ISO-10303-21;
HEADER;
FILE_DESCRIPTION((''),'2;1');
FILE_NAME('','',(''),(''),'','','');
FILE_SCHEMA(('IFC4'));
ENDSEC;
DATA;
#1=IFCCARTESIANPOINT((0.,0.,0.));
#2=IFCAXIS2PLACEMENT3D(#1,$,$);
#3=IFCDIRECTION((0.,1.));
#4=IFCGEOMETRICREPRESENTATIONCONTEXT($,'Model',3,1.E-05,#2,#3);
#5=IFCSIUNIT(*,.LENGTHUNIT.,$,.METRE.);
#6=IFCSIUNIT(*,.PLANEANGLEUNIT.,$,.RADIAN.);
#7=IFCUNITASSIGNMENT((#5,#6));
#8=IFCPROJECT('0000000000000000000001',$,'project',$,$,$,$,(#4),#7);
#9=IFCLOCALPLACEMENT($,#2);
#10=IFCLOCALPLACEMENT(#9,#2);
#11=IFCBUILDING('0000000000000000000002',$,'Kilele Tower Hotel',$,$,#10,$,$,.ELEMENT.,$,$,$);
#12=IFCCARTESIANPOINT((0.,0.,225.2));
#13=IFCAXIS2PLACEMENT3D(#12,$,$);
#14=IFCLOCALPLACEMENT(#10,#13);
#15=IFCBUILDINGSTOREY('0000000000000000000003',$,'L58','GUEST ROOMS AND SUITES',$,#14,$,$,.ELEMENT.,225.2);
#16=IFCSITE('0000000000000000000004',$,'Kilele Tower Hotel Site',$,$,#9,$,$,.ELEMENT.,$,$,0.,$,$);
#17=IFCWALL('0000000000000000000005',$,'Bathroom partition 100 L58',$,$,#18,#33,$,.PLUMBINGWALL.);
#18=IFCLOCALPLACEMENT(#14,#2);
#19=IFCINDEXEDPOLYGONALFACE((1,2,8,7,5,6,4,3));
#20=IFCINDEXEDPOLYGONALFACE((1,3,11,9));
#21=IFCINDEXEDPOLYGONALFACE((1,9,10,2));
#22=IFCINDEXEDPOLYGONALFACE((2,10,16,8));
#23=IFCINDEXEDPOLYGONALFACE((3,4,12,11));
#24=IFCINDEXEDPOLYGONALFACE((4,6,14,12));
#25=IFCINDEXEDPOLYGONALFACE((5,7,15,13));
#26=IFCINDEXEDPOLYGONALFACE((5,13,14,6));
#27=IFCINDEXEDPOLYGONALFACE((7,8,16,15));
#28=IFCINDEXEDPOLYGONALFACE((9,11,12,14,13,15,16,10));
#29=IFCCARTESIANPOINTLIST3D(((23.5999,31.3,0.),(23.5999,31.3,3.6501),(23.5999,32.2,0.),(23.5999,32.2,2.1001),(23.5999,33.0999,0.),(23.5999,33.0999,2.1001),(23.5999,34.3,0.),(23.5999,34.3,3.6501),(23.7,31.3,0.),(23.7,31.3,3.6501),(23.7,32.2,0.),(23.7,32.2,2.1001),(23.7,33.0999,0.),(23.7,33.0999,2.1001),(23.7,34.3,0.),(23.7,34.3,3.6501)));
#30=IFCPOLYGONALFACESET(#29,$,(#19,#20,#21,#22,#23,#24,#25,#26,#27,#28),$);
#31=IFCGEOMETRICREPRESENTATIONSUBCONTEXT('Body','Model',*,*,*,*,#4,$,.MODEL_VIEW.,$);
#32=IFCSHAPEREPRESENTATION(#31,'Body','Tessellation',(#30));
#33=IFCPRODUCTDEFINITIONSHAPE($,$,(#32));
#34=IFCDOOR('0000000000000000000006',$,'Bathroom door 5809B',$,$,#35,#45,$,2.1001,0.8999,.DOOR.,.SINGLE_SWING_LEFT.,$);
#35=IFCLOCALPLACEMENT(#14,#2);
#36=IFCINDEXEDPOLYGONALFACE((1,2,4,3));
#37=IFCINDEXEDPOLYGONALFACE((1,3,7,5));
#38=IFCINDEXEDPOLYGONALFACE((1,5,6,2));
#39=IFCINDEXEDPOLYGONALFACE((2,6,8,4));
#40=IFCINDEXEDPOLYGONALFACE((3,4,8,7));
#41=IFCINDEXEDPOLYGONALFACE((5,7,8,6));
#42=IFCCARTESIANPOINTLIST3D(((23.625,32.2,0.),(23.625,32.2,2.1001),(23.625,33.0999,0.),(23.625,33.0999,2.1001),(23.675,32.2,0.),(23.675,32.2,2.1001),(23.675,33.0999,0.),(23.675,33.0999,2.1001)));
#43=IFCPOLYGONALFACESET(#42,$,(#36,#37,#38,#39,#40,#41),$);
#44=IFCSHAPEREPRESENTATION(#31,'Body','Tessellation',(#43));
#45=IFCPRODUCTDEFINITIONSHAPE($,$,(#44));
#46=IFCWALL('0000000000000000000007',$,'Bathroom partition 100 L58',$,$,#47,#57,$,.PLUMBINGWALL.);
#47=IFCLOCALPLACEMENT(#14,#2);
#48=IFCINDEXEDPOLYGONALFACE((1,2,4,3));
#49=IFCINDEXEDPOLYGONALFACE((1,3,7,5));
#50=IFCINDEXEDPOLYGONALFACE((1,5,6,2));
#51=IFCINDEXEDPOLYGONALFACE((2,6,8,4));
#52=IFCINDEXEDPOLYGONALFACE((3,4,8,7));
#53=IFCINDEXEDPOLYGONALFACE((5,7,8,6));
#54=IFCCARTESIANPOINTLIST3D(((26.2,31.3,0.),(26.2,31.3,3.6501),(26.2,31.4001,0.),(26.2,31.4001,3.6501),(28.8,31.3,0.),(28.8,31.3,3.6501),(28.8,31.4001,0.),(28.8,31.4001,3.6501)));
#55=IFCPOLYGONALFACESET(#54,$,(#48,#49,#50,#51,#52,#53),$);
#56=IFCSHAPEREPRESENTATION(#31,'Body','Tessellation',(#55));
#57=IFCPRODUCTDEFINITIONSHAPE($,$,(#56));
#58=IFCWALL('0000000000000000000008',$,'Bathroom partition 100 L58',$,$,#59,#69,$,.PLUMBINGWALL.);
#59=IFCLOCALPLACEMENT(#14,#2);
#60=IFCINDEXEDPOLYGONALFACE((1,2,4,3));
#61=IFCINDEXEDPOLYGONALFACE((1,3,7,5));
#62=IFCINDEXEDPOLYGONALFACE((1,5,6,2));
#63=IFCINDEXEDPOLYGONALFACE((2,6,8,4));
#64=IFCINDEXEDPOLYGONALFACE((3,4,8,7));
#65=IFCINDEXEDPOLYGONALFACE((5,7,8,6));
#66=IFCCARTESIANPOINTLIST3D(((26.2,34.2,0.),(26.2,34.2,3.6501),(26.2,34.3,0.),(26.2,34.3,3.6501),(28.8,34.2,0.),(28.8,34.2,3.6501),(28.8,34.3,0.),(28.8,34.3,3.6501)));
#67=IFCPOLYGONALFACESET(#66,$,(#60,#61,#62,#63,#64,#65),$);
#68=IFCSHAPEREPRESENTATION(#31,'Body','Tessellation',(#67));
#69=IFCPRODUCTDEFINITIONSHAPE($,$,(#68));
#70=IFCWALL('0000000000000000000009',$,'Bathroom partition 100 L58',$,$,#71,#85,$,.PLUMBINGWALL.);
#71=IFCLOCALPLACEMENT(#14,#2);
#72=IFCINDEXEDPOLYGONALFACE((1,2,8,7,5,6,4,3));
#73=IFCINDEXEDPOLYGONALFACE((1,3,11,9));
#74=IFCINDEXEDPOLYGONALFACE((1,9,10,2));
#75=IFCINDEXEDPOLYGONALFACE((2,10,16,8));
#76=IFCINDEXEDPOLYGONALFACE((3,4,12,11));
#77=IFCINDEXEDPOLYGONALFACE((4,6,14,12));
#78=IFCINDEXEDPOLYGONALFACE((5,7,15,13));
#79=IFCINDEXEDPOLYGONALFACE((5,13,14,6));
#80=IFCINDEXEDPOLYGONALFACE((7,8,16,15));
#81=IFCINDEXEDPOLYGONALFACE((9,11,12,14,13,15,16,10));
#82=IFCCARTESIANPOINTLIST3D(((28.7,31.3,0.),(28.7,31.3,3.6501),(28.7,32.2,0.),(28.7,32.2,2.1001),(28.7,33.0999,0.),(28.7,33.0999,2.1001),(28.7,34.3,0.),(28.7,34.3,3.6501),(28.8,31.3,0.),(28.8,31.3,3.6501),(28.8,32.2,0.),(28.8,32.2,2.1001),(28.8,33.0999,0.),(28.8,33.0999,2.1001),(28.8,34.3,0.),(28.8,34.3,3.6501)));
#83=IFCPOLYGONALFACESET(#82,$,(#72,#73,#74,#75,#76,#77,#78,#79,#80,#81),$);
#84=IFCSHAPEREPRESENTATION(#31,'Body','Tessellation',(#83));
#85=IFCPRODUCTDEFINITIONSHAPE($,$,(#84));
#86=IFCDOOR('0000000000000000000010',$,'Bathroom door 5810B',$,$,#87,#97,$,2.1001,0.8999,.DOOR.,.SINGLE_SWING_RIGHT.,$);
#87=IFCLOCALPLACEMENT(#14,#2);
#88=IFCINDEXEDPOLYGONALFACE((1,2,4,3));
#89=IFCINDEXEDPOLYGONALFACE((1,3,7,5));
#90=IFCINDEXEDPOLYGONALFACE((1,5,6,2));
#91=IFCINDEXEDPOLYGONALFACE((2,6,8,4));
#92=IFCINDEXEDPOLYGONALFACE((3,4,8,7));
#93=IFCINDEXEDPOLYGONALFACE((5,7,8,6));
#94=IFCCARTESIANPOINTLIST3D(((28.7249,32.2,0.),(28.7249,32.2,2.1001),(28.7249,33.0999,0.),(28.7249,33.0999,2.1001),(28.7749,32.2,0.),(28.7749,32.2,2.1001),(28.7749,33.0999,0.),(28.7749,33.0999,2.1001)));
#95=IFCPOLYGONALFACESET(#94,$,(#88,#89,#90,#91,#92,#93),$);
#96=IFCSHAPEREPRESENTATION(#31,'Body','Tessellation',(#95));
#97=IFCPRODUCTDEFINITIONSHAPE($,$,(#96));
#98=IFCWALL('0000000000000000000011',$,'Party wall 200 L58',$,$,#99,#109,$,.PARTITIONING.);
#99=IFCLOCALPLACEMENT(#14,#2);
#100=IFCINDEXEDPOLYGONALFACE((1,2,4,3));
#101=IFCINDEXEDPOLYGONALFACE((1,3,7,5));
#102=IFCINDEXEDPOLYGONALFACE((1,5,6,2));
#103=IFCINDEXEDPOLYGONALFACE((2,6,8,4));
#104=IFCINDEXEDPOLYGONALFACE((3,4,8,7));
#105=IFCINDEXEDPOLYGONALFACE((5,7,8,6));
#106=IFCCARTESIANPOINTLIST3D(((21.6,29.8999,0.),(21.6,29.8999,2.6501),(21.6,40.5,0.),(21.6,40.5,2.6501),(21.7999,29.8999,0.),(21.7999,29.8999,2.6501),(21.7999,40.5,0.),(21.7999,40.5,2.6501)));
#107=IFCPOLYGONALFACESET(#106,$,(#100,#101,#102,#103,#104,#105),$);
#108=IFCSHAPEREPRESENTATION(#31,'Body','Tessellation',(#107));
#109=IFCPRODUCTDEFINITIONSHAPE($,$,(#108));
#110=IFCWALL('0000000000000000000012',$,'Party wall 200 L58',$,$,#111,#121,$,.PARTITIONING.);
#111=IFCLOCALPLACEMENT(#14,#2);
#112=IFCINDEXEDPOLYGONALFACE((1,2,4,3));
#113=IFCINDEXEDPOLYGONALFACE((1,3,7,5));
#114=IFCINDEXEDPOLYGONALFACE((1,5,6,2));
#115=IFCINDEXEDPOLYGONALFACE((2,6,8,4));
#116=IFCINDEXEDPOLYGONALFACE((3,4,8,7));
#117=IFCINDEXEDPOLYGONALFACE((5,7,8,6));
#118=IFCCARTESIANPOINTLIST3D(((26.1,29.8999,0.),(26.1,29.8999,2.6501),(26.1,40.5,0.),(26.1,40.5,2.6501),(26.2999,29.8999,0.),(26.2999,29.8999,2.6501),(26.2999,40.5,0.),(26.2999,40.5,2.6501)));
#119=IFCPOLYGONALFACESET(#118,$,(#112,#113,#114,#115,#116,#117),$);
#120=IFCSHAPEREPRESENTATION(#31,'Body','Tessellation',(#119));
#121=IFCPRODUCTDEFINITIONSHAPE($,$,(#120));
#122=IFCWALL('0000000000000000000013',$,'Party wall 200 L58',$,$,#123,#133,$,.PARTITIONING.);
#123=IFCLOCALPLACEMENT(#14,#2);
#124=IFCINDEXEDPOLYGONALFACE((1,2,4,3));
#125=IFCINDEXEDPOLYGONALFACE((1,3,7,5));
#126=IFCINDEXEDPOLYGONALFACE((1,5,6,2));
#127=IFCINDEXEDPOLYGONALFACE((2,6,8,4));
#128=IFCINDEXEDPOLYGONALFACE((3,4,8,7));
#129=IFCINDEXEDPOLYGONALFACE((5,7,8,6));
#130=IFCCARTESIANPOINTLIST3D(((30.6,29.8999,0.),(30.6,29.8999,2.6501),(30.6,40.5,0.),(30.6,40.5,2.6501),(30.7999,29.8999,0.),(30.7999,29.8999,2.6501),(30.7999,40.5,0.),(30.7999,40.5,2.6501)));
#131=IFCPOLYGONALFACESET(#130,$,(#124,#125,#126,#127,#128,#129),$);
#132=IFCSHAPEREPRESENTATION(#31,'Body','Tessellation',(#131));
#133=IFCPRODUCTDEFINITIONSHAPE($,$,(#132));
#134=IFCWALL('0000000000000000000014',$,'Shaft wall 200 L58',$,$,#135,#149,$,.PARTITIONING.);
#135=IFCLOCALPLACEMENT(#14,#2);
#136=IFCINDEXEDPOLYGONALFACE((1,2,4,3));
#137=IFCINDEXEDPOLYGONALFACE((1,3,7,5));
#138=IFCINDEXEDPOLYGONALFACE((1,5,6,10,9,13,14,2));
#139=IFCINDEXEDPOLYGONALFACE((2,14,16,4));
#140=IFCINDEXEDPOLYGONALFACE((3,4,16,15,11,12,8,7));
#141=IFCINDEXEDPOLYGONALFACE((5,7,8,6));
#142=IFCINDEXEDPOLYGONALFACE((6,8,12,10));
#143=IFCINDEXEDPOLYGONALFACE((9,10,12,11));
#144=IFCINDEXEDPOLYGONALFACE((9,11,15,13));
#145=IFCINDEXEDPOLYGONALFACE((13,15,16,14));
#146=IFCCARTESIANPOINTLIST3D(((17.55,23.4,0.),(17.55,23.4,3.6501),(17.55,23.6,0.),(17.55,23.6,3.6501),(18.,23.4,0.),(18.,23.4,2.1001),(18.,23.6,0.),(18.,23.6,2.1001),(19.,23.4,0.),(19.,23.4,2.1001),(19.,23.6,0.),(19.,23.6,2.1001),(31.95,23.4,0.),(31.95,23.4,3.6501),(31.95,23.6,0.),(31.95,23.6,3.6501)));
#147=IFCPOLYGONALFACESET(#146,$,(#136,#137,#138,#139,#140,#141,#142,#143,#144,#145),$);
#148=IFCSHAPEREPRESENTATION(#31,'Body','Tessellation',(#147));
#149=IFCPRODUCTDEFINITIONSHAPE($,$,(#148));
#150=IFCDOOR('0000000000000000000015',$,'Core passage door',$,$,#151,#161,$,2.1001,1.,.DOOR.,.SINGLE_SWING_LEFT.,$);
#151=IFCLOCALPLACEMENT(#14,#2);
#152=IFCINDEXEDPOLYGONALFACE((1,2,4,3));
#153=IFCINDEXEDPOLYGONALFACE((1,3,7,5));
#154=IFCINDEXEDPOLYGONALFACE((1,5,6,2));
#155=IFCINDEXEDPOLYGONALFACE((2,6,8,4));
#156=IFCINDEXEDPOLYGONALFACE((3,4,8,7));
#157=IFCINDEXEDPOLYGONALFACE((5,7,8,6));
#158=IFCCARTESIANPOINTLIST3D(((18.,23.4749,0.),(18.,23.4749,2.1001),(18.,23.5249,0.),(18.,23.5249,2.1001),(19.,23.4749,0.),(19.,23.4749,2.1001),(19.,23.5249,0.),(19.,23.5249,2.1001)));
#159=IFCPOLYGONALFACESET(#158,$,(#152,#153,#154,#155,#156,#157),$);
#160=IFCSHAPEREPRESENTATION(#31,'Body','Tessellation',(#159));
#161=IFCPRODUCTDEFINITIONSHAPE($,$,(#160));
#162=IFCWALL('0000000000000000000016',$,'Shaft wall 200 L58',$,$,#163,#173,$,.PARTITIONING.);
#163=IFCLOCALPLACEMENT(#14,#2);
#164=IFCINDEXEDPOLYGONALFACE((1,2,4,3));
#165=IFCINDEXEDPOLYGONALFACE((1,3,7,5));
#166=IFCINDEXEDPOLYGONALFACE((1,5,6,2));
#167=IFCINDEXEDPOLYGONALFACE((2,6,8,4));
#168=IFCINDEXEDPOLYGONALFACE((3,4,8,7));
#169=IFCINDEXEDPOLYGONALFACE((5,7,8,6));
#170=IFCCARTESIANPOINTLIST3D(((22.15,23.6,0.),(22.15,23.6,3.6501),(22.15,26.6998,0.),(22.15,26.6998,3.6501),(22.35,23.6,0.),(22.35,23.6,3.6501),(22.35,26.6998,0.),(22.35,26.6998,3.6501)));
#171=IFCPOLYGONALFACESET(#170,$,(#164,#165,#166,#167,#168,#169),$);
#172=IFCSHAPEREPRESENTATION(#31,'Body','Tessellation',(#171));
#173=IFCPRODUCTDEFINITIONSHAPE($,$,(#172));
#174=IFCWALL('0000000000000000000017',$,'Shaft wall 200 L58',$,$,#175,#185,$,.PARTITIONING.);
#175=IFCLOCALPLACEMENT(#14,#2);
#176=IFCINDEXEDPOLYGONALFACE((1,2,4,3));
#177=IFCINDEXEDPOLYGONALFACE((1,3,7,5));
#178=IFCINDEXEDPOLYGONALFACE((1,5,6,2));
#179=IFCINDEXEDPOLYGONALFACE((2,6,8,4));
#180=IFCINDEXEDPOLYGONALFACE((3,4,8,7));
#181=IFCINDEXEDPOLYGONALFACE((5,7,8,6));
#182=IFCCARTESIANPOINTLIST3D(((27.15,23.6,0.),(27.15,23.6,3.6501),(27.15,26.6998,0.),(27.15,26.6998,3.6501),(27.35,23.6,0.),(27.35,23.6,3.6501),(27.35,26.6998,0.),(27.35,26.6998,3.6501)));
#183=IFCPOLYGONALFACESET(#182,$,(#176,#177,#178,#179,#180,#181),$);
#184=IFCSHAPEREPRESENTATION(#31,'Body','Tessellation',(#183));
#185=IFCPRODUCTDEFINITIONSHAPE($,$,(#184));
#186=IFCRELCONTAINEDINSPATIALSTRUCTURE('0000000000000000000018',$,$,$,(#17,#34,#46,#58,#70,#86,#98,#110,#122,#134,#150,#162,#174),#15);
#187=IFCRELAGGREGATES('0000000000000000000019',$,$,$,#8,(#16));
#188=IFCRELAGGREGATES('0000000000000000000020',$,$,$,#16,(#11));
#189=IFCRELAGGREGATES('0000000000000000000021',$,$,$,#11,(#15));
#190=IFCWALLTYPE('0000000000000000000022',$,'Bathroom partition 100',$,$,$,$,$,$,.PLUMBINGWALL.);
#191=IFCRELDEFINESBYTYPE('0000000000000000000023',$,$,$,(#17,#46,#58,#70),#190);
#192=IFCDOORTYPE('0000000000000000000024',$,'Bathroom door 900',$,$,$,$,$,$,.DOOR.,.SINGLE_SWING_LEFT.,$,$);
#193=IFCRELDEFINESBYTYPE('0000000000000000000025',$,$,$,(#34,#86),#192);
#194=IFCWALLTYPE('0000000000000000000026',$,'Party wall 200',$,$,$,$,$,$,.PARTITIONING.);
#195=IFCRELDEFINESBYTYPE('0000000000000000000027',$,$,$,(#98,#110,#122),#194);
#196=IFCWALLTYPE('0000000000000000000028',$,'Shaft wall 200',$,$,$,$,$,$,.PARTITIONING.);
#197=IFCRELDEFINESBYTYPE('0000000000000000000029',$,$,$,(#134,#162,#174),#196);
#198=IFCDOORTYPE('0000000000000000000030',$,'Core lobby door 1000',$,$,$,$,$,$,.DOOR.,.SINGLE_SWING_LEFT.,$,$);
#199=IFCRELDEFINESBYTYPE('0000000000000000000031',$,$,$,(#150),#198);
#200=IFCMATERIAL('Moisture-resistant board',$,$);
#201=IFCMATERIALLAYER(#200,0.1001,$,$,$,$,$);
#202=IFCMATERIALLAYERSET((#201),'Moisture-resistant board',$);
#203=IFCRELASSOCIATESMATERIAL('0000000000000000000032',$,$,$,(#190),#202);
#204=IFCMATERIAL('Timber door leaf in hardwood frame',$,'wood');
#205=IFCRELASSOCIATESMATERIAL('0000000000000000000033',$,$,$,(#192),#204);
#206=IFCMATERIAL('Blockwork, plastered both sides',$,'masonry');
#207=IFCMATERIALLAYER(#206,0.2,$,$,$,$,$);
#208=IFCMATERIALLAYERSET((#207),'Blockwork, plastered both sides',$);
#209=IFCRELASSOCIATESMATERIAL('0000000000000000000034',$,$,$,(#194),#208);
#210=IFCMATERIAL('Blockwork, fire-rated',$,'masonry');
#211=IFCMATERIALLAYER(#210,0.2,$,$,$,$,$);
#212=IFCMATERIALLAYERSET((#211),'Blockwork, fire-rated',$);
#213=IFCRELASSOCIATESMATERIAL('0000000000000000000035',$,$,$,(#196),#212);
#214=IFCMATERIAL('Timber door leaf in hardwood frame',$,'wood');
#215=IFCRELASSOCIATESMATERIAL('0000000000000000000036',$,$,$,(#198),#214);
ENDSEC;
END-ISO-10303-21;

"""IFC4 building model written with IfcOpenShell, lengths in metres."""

from ifc_helpers import new_model, si_unit, direction, frame, frame_2d, origin, place, context, subcontext, project, spatial, rectangle, extrude, material, layer, layer_set, type_object, element, fill, save


model = new_model("IFC4")

# Units and contexts
model_context = context("Model", 3, precision=1e-05, world=origin(), true_north=direction((0.0, 1.0)))
body_context = subcontext(model_context, "Body", "Model", "MODEL_VIEW")
ifc_project = project(units=[si_unit("LENGTHUNIT", "METRE"), si_unit("PLANEANGLEUNIT", "RADIAN")], contexts=[model_context])

# Site, building, storey
site_placement = place(None, origin())
site = spatial("IfcSite", under=ifc_project, at=site_placement, Name="Kilele Tower Hotel Site", CompositionType="ELEMENT", RefElevation=0.0)
building_placement = place(site_placement, origin())
building = spatial("IfcBuilding", under=site, at=building_placement, Name="Kilele Tower Hotel", CompositionType="ELEMENT")
storey_placement = place(building_placement, frame((0.0, 0.0, 225.2)))
storey = spatial("IfcBuildingStorey", under=building, at=storey_placement, Name="L58", Description="GUEST ROOMS AND SUITES", CompositionType="ELEMENT", Elevation=225.2)

# Shared definitions
ifc_material_1 = material(Name="Moisture-resistant board")
ifc_layer_1 = layer(ifc_material_1, 0.1001)
ifc_layer_set_1 = layer_set([ifc_layer_1], Name="Moisture-resistant board")
wall_type_1 = type_object("IfcWallType", Name="Bathroom partition 100", PredefinedType="PLUMBINGWALL", material=ifc_layer_set_1)

# Shared definitions
ifc_material_2 = material(Name="Timber door leaf in hardwood frame", Category="wood")
door_type_1 = type_object("IfcDoorType", Name="Bathroom door 900", OperationType="SINGLE_SWING_LEFT", PredefinedType="DOOR", material=ifc_material_2)

# Wall, opening, door
wall_1_placement = place(storey_placement, frame((23.6499, 31.3, 0.0), z_axis=(0.0, 0.0, 1.0), x_axis=(0.0, 1.0, 0.0)))
wall_1 = element("IfcWall", 1, at=wall_1_placement, inside=storey, type_object=wall_type_1, Name="Bathroom partition 100 L58", PredefinedType="PLUMBINGWALL", context=body_context, shape_type="SweptSolid", body=[
    extrude(rectangle(XDim=3.0, YDim=0.1001, at=frame_2d((1.5, 0.0))), origin(), (0.0, 0.0, 1.0), 3.6501),
])
opening_1_placement = place(wall_1_placement, frame((0.8999, 0.0, 0.0)))
opening_1 = element("IfcOpeningElement", 2, at=opening_1_placement, cuts=wall_1, PredefinedType="OPENING", context=body_context, shape_type="SweptSolid", body=[
    extrude(rectangle(XDim=0.8999, YDim=2.1001, at=frame_2d((0.45, 1.05))), frame((0.0, 0.0601, 0.0), z_axis=(0.0, -1.0, 0.0), x_axis=(1.0, 0.0, 0.0)), (0.0, 0.0, 1.0), 0.1201),
])
door_1_placement = place(opening_1_placement, origin())
door_1 = element("IfcDoor", 3, at=door_1_placement, inside=storey, type_object=door_type_1, Name="Bathroom door 5809B", OperationType="SINGLE_SWING_LEFT", OverallHeight=2.1001, OverallWidth=0.8999, PredefinedType="DOOR", context=body_context, shape_type="SweptSolid", body=[
    extrude(rectangle(XDim=0.8999, YDim=2.1001, at=frame_2d((0.45, 1.05))), frame((0.0, 0.0249, 0.0), z_axis=(0.0, -1.0, 0.0), x_axis=(1.0, 0.0, 0.0)), (0.0, 0.0, 1.0), 0.05),
])
fill(opening_1, door_1)

# Walls
for number, where, z_axis, x_axis, name in (
    (4, (26.2, 31.3501, 0.0), (0.0, 0.0, 1.0), (1.0, 0.0, 0.0), "Bathroom partition 100 L58"),
    (5, (26.2, 34.25, 0.0), (0.0, 0.0, 1.0), (1.0, 0.0, 0.0), "Bathroom partition 100 L58"),
):
    element("IfcWall", number, at=place(storey_placement, frame(where, z_axis=z_axis, x_axis=x_axis)), inside=storey, type_object=wall_type_1, Name=name, PredefinedType="PLUMBINGWALL", context=body_context, shape_type="SweptSolid", body=[
        extrude(rectangle(XDim=2.6001, YDim=0.1001, at=frame_2d((1.3, 0.0))), origin(), (0.0, 0.0, 1.0), 3.6501),
    ])

# Wall, opening, door
wall_2_placement = place(storey_placement, frame((28.75, 31.3, 0.0), z_axis=(0.0, 0.0, 1.0), x_axis=(0.0, 1.0, 0.0)))
wall_2 = element("IfcWall", 6, at=wall_2_placement, inside=storey, type_object=wall_type_1, Name="Bathroom partition 100 L58", PredefinedType="PLUMBINGWALL", context=body_context, shape_type="SweptSolid", body=[
    extrude(rectangle(XDim=3.0, YDim=0.1001, at=frame_2d((1.5, 0.0))), origin(), (0.0, 0.0, 1.0), 3.6501),
])
opening_2_placement = place(wall_2_placement, frame((1.7998, 0.0, 0.0), z_axis=(0.0, 0.0, 1.0), x_axis=(-1.0, 0.0, 0.0)))
opening_2 = element("IfcOpeningElement", 7, at=opening_2_placement, cuts=wall_2, PredefinedType="OPENING", context=body_context, shape_type="SweptSolid", body=[
    extrude(rectangle(XDim=0.8999, YDim=2.1001, at=frame_2d((0.45, 1.05))), frame((0.0, 0.0601, 0.0), z_axis=(0.0, -1.0, 0.0), x_axis=(1.0, 0.0, 0.0)), (0.0, 0.0, 1.0), 0.1201),
])
door_2_placement = place(opening_2_placement, origin())
door_2 = element("IfcDoor", 8, at=door_2_placement, inside=storey, type_object=door_type_1, Name="Bathroom door 5810B", OperationType="SINGLE_SWING_RIGHT", OverallHeight=2.1001, OverallWidth=0.8999, PredefinedType="DOOR", context=body_context, shape_type="SweptSolid", body=[
    extrude(rectangle(XDim=0.8999, YDim=2.1001, at=frame_2d((0.45, 1.05))), frame((0.0, 0.0249, 0.0), z_axis=(0.0, -1.0, 0.0), x_axis=(1.0, 0.0, 0.0)), (0.0, 0.0, 1.0), 0.05),
])
fill(opening_2, door_2)

# Walls
ifc_material_3 = material(Name="Blockwork, plastered both sides", Category="masonry")
ifc_layer_2 = layer(ifc_material_3, 0.2)
ifc_layer_set_2 = layer_set([ifc_layer_2], Name="Blockwork, plastered both sides")
wall_type_2 = type_object("IfcWallType", Name="Party wall 200", PredefinedType="PARTITIONING", material=ifc_layer_set_2)
for number, where, z_axis, x_axis, name in (
    (9, (21.7, 29.8999, 0.0), (0.0, 0.0, 1.0), (0.0, 1.0, 0.0), "Party wall 200 L58"),
    (10, (26.2, 29.8999, 0.0), (0.0, 0.0, 1.0), (0.0, 1.0, 0.0), "Party wall 200 L58"),
    (11, (30.7, 29.8999, 0.0), (0.0, 0.0, 1.0), (0.0, 1.0, 0.0), "Party wall 200 L58"),
):
    element("IfcWall", number, at=place(storey_placement, frame(where, z_axis=z_axis, x_axis=x_axis)), inside=storey, type_object=wall_type_2, Name=name, PredefinedType="PARTITIONING", context=body_context, shape_type="SweptSolid", body=[
        extrude(rectangle(XDim=10.6001, YDim=0.2, at=frame_2d((5.3, 0.0))), origin(), (0.0, 0.0, 1.0), 2.6501),
    ])

# Wall, opening, door
ifc_material_4 = material(Name="Blockwork, fire-rated", Category="masonry")
ifc_layer_3 = layer(ifc_material_4, 0.2)
ifc_layer_set_3 = layer_set([ifc_layer_3], Name="Blockwork, fire-rated")
wall_type_3 = type_object("IfcWallType", Name="Shaft wall 200", PredefinedType="PARTITIONING", material=ifc_layer_set_3)
wall_3_placement = place(storey_placement, frame((17.55, 23.5, 0.0), z_axis=(0.0, 0.0, 1.0), x_axis=(1.0, 0.0, 0.0)))
wall_3 = element("IfcWall", 12, at=wall_3_placement, inside=storey, type_object=wall_type_3, Name="Shaft wall 200 L58", PredefinedType="PARTITIONING", context=body_context, shape_type="SweptSolid", body=[
    extrude(rectangle(XDim=14.3999, YDim=0.2, at=frame_2d((7.2, 0.0))), origin(), (0.0, 0.0, 1.0), 3.6501),
])
opening_3_placement = place(wall_3_placement, frame((0.45, 0.0, 0.0)))
opening_3 = element("IfcOpeningElement", 13, at=opening_3_placement, cuts=wall_3, PredefinedType="OPENING", context=body_context, shape_type="SweptSolid", body=[
    extrude(rectangle(XDim=1.0, YDim=2.1001, at=frame_2d((0.5, 1.05))), frame((0.0, 0.1099, 0.0), z_axis=(0.0, -1.0, 0.0), x_axis=(1.0, 0.0, 0.0)), (0.0, 0.0, 1.0), 0.22),
])
ifc_material_5 = material(Name="Timber door leaf in hardwood frame", Category="wood")
door_type_2 = type_object("IfcDoorType", Name="Core lobby door 1000", OperationType="SINGLE_SWING_LEFT", PredefinedType="DOOR", material=ifc_material_5)
door_3_placement = place(opening_3_placement, origin())
door_3 = element("IfcDoor", 14, at=door_3_placement, inside=storey, type_object=door_type_2, Name="Core passage door", OperationType="SINGLE_SWING_LEFT", OverallHeight=2.1001, OverallWidth=1.0, PredefinedType="DOOR", context=body_context, shape_type="SweptSolid", body=[
    extrude(rectangle(XDim=1.0, YDim=2.1001, at=frame_2d((0.5, 1.05))), frame((0.0, 0.0249, 0.0), z_axis=(0.0, -1.0, 0.0), x_axis=(1.0, 0.0, 0.0)), (0.0, 0.0, 1.0), 0.05),
])
fill(opening_3, door_3)

# Walls
for number, where, z_axis, x_axis, name in (
    (15, (22.25, 23.6001, 0.0), (0.0, 0.0, 1.0), (0.0, 1.0, 0.0), "Shaft wall 200 L58"),
    (16, (27.25, 23.6001, 0.0), (0.0, 0.0, 1.0), (0.0, 1.0, 0.0), "Shaft wall 200 L58"),
):
    element("IfcWall", number, at=place(storey_placement, frame(where, z_axis=z_axis, x_axis=x_axis)), inside=storey, type_object=wall_type_3, Name=name, PredefinedType="PARTITIONING", context=body_context, shape_type="SweptSolid", body=[
        extrude(rectangle(XDim=3.0999, YDim=0.2, at=frame_2d((1.5498, 0.0))), origin(), (0.0, 0.0, 1.0), 3.6501),
    ])

save(model, "model.ifc")
